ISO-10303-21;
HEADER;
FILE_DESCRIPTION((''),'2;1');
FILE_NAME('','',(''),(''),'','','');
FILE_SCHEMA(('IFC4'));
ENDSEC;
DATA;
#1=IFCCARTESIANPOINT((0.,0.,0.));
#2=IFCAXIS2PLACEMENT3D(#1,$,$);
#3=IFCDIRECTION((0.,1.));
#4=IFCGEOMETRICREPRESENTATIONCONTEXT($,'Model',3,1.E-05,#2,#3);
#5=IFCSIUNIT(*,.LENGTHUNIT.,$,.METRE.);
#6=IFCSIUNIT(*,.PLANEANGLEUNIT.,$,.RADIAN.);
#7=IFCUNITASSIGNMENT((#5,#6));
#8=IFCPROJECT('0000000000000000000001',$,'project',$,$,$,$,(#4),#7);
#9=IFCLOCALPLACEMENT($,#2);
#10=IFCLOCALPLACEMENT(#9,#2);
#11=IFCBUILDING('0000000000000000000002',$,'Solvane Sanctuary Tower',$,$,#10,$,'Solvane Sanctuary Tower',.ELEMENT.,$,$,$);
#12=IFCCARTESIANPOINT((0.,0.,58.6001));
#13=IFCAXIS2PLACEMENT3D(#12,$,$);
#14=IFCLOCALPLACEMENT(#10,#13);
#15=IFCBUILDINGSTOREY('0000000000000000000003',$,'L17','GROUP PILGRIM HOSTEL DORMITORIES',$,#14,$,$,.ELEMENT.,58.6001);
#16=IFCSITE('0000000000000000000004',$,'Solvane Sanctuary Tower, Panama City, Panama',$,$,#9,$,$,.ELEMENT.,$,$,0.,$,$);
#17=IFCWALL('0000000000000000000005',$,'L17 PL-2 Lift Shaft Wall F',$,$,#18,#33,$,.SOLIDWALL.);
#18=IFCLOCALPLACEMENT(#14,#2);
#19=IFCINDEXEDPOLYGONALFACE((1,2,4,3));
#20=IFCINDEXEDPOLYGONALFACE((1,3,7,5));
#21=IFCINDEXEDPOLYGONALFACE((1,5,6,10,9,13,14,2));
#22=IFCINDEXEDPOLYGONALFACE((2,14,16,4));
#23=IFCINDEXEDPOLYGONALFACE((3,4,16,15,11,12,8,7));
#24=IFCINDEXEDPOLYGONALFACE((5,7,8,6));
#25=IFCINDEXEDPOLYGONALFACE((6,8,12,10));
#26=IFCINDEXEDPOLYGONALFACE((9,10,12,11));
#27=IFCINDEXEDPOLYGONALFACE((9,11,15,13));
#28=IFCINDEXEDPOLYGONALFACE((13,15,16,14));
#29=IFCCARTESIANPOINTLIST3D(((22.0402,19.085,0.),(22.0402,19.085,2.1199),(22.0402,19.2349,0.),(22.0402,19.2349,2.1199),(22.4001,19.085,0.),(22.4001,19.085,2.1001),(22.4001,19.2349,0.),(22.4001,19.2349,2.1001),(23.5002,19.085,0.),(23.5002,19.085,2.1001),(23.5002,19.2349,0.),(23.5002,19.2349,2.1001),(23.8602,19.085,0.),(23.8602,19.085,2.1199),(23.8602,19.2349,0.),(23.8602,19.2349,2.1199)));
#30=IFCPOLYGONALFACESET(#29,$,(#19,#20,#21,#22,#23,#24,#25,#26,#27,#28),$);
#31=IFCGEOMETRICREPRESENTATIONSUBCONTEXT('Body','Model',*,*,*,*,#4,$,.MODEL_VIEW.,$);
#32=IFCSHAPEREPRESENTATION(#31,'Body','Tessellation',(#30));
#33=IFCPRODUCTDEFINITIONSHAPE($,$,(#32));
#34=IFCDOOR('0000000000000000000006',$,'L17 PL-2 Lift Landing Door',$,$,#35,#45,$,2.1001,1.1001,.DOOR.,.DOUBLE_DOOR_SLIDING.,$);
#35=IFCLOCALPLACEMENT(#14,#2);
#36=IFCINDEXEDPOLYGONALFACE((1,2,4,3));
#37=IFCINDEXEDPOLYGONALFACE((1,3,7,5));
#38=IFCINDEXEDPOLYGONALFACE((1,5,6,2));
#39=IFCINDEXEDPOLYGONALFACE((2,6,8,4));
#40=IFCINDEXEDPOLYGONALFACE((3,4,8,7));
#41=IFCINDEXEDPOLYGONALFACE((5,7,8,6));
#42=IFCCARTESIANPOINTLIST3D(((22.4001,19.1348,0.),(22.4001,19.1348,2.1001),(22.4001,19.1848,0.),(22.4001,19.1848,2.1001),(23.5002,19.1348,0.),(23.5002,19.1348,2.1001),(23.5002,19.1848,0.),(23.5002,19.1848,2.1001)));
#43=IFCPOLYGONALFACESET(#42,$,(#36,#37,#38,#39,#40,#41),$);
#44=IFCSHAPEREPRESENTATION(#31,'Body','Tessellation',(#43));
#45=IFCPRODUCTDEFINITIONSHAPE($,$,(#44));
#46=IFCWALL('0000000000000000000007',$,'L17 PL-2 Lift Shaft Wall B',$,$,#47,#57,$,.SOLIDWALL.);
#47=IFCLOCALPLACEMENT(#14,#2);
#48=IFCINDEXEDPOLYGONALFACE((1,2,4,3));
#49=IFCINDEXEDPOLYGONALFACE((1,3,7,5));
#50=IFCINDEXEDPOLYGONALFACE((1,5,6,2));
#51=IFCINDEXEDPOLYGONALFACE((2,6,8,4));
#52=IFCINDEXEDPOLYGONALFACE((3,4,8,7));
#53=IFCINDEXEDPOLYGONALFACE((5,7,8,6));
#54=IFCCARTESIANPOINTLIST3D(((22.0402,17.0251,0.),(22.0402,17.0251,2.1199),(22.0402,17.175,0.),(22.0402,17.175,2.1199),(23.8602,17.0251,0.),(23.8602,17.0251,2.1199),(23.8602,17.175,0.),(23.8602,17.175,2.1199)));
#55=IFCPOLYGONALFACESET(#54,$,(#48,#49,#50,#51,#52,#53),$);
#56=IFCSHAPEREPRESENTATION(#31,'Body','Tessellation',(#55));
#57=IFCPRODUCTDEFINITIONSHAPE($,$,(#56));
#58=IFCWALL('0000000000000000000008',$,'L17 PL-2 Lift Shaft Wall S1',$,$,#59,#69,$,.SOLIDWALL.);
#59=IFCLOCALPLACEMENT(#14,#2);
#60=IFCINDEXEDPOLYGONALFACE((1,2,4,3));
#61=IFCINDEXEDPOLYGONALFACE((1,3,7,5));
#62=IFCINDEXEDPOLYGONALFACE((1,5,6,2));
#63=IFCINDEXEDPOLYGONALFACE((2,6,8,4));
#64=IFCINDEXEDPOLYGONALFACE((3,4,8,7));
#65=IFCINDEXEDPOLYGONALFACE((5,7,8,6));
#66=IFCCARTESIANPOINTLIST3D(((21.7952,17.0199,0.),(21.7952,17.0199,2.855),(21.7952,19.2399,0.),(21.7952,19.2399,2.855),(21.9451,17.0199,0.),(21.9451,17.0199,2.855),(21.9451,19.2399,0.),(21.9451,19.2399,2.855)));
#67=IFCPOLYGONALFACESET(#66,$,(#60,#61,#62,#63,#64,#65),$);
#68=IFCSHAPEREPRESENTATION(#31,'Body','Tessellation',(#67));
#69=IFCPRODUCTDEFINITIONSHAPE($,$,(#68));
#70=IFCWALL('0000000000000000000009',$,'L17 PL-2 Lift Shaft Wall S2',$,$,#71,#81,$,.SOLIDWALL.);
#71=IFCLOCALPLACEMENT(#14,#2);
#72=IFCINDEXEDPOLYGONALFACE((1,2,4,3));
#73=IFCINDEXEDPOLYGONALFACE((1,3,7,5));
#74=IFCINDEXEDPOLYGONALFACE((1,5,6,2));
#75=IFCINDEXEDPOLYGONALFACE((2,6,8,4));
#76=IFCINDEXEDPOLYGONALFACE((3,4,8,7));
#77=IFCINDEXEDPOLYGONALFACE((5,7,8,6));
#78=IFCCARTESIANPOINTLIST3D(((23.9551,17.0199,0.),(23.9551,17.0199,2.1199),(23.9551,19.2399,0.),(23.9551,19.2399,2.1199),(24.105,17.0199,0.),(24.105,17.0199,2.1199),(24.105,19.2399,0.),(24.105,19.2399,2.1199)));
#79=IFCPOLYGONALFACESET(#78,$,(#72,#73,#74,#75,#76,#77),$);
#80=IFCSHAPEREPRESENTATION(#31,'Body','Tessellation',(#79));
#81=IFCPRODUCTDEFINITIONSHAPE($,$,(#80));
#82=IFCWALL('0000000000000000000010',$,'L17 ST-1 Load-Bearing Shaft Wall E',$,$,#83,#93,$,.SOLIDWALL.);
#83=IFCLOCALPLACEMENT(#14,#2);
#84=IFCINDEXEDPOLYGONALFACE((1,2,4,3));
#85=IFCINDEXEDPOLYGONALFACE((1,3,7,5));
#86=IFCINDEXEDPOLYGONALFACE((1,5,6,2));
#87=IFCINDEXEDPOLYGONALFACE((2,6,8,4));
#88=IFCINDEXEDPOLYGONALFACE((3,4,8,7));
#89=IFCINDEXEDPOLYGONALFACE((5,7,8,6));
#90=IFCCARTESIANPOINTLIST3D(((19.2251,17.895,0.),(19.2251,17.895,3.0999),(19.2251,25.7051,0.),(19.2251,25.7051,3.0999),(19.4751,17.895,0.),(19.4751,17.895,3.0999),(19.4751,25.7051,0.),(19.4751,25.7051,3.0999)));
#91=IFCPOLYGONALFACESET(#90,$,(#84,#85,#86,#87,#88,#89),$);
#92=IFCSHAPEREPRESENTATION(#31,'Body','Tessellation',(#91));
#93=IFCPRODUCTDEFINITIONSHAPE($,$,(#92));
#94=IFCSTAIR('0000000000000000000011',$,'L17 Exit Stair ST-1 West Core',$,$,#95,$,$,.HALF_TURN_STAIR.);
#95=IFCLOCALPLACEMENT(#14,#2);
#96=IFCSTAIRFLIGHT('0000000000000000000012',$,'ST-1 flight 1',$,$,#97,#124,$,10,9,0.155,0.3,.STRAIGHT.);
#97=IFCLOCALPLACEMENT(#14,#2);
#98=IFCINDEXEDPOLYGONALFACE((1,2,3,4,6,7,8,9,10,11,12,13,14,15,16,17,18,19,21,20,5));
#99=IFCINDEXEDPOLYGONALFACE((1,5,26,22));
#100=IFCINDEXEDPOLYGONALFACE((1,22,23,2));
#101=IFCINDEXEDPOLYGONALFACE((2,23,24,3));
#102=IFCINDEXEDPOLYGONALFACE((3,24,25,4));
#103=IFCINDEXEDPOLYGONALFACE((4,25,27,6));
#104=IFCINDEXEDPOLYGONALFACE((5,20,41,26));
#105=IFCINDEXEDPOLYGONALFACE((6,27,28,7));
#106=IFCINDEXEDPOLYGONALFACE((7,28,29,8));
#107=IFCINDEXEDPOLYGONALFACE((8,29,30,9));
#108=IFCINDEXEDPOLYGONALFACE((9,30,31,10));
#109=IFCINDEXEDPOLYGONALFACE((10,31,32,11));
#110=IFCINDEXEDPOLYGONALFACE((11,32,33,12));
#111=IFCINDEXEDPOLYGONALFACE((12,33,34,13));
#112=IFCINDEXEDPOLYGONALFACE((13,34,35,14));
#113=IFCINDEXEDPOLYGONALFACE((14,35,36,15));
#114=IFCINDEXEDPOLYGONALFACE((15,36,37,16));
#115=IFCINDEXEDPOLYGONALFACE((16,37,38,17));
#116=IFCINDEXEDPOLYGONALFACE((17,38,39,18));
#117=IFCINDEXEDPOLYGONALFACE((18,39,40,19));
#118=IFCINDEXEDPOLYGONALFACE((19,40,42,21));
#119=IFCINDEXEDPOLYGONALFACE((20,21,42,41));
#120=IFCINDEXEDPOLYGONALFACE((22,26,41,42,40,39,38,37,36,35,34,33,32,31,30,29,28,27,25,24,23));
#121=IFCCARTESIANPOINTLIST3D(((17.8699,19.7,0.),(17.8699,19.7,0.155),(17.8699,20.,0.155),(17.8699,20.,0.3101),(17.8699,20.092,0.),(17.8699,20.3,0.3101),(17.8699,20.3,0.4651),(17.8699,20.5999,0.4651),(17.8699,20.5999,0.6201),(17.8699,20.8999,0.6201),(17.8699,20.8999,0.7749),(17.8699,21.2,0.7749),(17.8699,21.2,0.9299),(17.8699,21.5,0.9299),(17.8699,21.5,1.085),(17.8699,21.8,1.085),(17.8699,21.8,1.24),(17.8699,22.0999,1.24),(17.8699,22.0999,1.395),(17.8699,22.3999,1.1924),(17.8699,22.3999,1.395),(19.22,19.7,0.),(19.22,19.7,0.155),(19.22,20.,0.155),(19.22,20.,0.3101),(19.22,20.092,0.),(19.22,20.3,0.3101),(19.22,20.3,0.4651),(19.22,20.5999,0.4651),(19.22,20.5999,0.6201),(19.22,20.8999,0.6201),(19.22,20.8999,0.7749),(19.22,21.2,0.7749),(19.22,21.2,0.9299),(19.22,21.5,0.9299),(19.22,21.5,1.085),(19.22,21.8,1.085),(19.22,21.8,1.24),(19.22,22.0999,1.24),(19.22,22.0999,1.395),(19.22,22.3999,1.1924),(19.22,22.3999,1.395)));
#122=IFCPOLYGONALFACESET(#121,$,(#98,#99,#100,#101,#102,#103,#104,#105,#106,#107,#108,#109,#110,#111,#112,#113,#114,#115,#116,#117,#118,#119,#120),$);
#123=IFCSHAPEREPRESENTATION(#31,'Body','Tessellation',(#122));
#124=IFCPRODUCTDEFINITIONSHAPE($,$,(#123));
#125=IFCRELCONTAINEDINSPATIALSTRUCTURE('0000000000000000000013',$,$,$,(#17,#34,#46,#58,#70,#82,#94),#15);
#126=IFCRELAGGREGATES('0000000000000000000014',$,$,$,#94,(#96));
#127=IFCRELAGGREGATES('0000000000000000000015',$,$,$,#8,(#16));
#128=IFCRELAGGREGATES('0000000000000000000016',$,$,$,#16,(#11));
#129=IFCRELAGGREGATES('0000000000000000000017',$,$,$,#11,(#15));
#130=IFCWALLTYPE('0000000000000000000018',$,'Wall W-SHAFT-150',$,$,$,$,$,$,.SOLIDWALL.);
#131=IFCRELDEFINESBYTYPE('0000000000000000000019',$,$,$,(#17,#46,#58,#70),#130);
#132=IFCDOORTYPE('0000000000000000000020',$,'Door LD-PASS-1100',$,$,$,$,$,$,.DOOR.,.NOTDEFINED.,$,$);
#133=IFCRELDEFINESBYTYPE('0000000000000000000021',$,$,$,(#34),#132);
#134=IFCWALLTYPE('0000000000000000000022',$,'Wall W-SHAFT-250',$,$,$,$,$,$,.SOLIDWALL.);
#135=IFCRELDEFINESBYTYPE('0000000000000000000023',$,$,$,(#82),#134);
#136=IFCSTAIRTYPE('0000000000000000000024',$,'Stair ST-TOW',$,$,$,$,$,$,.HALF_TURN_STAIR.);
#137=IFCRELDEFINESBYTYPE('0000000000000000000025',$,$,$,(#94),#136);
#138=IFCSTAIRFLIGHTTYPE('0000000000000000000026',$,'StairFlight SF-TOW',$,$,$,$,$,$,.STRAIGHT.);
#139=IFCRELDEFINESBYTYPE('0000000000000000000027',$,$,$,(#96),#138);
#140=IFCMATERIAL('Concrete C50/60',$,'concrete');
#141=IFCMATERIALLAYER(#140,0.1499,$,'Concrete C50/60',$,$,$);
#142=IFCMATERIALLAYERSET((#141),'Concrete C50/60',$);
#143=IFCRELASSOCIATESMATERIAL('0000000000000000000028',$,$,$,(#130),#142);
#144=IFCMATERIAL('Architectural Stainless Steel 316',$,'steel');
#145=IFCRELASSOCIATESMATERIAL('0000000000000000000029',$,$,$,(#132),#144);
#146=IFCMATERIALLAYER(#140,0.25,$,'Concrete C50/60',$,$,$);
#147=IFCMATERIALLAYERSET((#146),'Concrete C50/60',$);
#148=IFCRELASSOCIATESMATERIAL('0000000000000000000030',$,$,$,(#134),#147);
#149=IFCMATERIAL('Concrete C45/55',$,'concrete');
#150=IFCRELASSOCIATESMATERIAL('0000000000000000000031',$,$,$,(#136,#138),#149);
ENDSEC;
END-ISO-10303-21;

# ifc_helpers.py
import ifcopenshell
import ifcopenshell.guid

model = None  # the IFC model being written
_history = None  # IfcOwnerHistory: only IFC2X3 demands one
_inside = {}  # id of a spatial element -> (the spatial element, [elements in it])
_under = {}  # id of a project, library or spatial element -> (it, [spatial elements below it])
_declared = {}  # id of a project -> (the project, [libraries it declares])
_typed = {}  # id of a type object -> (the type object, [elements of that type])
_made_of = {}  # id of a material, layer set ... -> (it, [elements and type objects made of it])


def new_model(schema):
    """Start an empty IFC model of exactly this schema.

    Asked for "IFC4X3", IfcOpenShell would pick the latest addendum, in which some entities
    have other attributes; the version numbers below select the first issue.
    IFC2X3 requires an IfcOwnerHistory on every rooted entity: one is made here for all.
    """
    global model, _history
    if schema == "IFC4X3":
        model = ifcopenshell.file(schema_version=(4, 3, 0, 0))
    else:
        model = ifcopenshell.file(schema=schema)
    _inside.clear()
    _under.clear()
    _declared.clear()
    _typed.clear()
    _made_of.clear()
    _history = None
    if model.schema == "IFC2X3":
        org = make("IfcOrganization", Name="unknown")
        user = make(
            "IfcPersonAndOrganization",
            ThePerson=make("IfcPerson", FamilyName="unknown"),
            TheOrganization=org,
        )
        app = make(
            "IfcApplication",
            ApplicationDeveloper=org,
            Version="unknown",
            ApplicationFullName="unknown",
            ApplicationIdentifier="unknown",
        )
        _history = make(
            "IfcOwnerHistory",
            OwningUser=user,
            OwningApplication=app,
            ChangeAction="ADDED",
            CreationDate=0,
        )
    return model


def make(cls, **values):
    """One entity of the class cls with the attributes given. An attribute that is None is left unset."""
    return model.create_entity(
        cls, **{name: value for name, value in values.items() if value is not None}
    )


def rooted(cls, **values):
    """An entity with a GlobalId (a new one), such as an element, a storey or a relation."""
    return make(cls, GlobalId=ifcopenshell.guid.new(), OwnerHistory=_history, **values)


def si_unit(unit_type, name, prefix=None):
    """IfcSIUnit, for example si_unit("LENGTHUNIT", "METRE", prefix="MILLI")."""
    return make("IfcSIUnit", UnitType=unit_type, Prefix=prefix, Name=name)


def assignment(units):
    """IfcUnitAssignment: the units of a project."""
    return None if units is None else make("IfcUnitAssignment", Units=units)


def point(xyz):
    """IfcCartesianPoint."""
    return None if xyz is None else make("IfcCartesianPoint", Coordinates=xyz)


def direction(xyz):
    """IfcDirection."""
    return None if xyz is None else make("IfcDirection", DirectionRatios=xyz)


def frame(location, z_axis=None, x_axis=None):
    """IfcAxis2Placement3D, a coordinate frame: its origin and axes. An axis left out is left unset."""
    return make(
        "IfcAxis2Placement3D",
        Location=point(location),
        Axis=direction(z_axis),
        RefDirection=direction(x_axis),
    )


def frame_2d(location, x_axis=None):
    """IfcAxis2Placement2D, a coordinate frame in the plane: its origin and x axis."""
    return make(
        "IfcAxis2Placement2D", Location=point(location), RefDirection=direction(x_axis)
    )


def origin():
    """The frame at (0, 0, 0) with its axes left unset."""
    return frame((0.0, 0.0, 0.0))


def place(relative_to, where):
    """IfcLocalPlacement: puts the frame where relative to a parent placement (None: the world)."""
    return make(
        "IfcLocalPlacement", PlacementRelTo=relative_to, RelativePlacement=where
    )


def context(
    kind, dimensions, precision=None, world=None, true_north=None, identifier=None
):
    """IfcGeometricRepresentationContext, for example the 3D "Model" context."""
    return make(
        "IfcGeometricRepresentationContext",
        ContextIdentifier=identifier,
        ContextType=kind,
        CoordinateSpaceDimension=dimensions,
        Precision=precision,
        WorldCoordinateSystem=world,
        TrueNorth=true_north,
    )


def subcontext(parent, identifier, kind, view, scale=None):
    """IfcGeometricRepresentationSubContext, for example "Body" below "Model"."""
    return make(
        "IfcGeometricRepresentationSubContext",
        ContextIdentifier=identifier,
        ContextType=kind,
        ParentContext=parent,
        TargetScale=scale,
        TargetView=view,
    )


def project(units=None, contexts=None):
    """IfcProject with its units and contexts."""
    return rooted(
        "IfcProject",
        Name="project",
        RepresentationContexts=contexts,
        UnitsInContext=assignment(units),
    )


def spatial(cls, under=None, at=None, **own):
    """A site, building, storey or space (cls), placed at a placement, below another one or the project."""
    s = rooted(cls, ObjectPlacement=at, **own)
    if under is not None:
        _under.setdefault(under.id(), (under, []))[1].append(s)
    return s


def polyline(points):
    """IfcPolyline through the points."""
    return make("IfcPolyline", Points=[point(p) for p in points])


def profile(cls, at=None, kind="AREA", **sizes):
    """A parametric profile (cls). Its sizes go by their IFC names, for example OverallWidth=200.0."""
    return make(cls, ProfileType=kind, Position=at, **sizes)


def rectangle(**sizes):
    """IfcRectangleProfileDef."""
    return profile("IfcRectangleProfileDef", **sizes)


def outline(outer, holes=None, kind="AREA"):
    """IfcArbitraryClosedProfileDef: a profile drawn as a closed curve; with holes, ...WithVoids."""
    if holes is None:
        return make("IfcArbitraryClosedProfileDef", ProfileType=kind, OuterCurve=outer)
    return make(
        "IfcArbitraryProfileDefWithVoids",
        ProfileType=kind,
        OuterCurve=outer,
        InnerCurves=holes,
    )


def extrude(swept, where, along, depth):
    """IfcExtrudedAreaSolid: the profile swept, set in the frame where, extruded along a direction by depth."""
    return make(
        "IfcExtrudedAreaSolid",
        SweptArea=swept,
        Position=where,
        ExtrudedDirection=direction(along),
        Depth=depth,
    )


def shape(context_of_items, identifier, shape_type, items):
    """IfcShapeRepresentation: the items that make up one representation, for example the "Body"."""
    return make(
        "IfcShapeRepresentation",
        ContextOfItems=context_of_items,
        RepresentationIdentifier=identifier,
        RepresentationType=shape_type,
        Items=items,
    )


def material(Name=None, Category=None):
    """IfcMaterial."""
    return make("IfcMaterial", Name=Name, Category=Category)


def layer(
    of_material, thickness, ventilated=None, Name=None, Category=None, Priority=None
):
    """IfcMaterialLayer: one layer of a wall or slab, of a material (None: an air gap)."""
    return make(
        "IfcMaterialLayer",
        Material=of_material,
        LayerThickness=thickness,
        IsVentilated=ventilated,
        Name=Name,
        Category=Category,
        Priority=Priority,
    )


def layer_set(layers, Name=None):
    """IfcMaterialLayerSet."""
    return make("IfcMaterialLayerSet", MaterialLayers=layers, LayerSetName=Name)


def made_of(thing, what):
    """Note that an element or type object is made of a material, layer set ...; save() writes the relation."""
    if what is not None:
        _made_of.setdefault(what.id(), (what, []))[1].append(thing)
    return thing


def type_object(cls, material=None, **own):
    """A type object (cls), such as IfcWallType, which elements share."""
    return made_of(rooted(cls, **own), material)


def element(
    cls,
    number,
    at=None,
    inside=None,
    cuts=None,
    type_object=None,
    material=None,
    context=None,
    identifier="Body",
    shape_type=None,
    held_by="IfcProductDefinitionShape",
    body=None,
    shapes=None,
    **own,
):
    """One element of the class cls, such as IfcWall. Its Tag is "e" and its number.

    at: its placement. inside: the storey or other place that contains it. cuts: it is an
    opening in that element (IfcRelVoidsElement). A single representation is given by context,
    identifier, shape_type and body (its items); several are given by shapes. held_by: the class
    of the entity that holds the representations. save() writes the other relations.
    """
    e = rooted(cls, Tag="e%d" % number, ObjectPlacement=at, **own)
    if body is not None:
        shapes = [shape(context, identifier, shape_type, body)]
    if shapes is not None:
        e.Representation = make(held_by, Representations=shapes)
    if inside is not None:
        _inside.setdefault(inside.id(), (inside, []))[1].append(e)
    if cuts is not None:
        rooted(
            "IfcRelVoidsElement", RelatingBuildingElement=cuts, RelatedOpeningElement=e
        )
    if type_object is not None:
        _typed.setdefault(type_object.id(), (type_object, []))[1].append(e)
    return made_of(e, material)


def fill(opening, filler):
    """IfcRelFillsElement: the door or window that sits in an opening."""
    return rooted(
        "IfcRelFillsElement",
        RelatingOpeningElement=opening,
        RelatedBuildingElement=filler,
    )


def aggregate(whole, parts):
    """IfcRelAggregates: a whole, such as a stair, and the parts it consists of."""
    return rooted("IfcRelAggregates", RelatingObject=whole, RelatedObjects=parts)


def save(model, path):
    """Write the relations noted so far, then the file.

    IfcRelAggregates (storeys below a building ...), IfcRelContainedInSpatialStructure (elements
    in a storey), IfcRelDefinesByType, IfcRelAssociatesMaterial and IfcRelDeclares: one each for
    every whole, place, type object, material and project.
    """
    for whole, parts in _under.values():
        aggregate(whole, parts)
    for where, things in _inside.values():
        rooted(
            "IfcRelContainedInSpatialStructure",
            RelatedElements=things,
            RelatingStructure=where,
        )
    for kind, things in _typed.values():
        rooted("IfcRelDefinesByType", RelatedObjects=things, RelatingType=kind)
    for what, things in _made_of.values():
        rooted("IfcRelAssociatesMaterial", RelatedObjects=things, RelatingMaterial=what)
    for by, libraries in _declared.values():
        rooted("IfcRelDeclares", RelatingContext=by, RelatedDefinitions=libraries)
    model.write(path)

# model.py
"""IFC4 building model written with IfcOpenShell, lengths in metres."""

from ifc_helpers import new_model, si_unit, direction, frame, frame_2d, origin, place, context, subcontext, project, spatial, polyline, rectangle, outline, extrude, material, layer, layer_set, type_object, element, fill, aggregate, save


model = new_model("IFC4")

# Units and contexts
model_context = context("Model", 3, precision=1e-05, world=origin(), true_north=direction((0.0, 1.0)))
body_context = subcontext(model_context, "Body", "Model", "MODEL_VIEW")
ifc_project = project(units=[si_unit("LENGTHUNIT", "METRE"), si_unit("PLANEANGLEUNIT", "RADIAN")], contexts=[model_context])

# Site, building, storey
site_placement = place(None, origin())
site = spatial("IfcSite", under=ifc_project, at=site_placement, Name="Solvane Sanctuary Tower, Panama City, Panama", CompositionType="ELEMENT", RefElevation=0.0)
building_placement = place(site_placement, origin())
building = spatial("IfcBuilding", under=site, at=building_placement, Name="Solvane Sanctuary Tower", LongName="Solvane Sanctuary Tower", CompositionType="ELEMENT")
storey_placement = place(building_placement, frame((0.0, 0.0, 58.6001)))
storey = spatial("IfcBuildingStorey", under=building, at=storey_placement, Name="L17", Description="GROUP PILGRIM HOSTEL DORMITORIES", CompositionType="ELEMENT", Elevation=58.6001)

# Shared definitions
ifc_material_1 = material(Name="Concrete C50/60", Category="concrete")
ifc_layer_1 = layer(ifc_material_1, 0.1499, Name="Concrete C50/60")
ifc_layer_set_1 = layer_set([ifc_layer_1], Name="Concrete C50/60")
wall_type_1 = type_object("IfcWallType", Name="Wall W-SHAFT-150", PredefinedType="SOLIDWALL", material=ifc_layer_set_1)
ifc_material_2 = material(Name="Architectural Stainless Steel 316", Category="steel")
door_type = type_object("IfcDoorType", Name="Door LD-PASS-1100", OperationType="NOTDEFINED", PredefinedType="DOOR", material=ifc_material_2)

# Wall, opening, door
wall_1_placement = place(storey_placement, frame((22.04, 19.1599, 0.0), z_axis=(0.0, 0.0, 1.0), x_axis=(1.0, 0.0, 0.0)))
wall_1 = element("IfcWall", 1, at=wall_1_placement, inside=storey, type_object=wall_type_1, Name="L17 PL-2 Lift Shaft Wall F", PredefinedType="SOLIDWALL", context=body_context, shape_type="SweptSolid", body=[
    extrude(rectangle(XDim=1.8201, YDim=0.1499, at=frame_2d((0.9102, 0.0))), origin(), (0.0, 0.0, 1.0), 2.1199),
])
opening_1_placement = place(wall_1_placement, frame((0.3601, 0.0, 0.0)))
opening_1 = element("IfcOpeningElement", 2, at=opening_1_placement, cuts=wall_1, PredefinedType="OPENING", context=body_context, shape_type="SweptSolid", body=[
    extrude(rectangle(XDim=1.1001, YDim=2.1001, at=frame_2d((0.55, 1.05))), frame((0.0, 0.085, 0.0), z_axis=(0.0, -1.0, 0.0), x_axis=(1.0, 0.0, 0.0)), (0.0, 0.0, 1.0), 0.1699),
])
door_1_placement = place(opening_1_placement, origin())
door_1 = element("IfcDoor", 3, at=door_1_placement, inside=storey, type_object=door_type, Name="L17 PL-2 Lift Landing Door", OperationType="DOUBLE_DOOR_SLIDING", OverallHeight=2.1001, OverallWidth=1.1001, PredefinedType="DOOR", context=body_context, shape_type="SweptSolid", body=[
    extrude(rectangle(XDim=1.1001, YDim=2.1001, at=frame_2d((0.55, 1.05))), frame((0.0, 0.0249, 0.0), z_axis=(0.0, -1.0, 0.0), x_axis=(1.0, 0.0, 0.0)), (0.0, 0.0, 1.0), 0.05),
])
fill(opening_1, door_1)

# Walls
wall_2_placement = place(storey_placement, frame((22.04, 17.1001, 0.0), z_axis=(0.0, 0.0, 1.0), x_axis=(1.0, 0.0, 0.0)))
element("IfcWall", 4, at=wall_2_placement, inside=storey, type_object=wall_type_1, Name="L17 PL-2 Lift Shaft Wall B", PredefinedType="SOLIDWALL", context=body_context, shape_type="SweptSolid", body=[
    extrude(rectangle(XDim=1.8201, YDim=0.1499, at=frame_2d((0.9102, 0.0))), origin(), (0.0, 0.0, 1.0), 2.1199),
])
wall_3_placement = place(storey_placement, frame((21.8701, 17.02, 0.0), z_axis=(0.0, 0.0, 1.0), x_axis=(0.0, 1.0, 0.0)))
element("IfcWall", 5, at=wall_3_placement, inside=storey, type_object=wall_type_1, Name="L17 PL-2 Lift Shaft Wall S1", PredefinedType="SOLIDWALL", context=body_context, shape_type="SweptSolid", body=[
    extrude(rectangle(XDim=2.22, YDim=0.1499, at=frame_2d((1.1099, 0.0))), origin(), (0.0, 0.0, 1.0), 2.855),
])
wall_4_placement = place(storey_placement, frame((24.03, 17.02, 0.0), z_axis=(0.0, 0.0, 1.0), x_axis=(0.0, 1.0, 0.0)))
element("IfcWall", 6, at=wall_4_placement, inside=storey, type_object=wall_type_1, Name="L17 PL-2 Lift Shaft Wall S2", PredefinedType="SOLIDWALL", context=body_context, shape_type="SweptSolid", body=[
    extrude(rectangle(XDim=2.22, YDim=0.1499, at=frame_2d((1.1099, 0.0))), origin(), (0.0, 0.0, 1.0), 2.1199),
])
ifc_layer_2 = layer(ifc_material_1, 0.25, Name="Concrete C50/60")
ifc_layer_set_2 = layer_set([ifc_layer_2], Name="Concrete C50/60")
wall_type_2 = type_object("IfcWallType", Name="Wall W-SHAFT-250", PredefinedType="SOLIDWALL", material=ifc_layer_set_2)
wall_5_placement = place(storey_placement, frame((19.3501, 17.895, 0.0), z_axis=(0.0, 0.0, 1.0), x_axis=(0.0, 1.0, 0.0)))
element("IfcWall", 7, at=wall_5_placement, inside=storey, type_object=wall_type_2, Name="L17 ST-1 Load-Bearing Shaft Wall E", PredefinedType="SOLIDWALL", context=body_context, shape_type="SweptSolid", body=[
    extrude(rectangle(XDim=7.8101, YDim=0.25, at=frame_2d((3.905, 0.0))), origin(), (0.0, 0.0, 1.0), 3.0999),
])

# Stair, stair flight
ifc_material_3 = material(Name="Concrete C45/55", Category="concrete")
stair_type = type_object("IfcStairType", Name="Stair ST-TOW", PredefinedType="HALF_TURN_STAIR", material=ifc_material_3)
stair_placement = place(storey_placement, origin())
stair = element("IfcStair", 8, at=stair_placement, inside=storey, type_object=stair_type, Name="L17 Exit Stair ST-1 West Core", PredefinedType="HALF_TURN_STAIR")
stair_flight_type = type_object("IfcStairFlightType", Name="StairFlight SF-TOW", PredefinedType="STRAIGHT", material=ifc_material_3)
stair_flight_placement = place(storey_placement, frame((18.5449, 19.7, 0.0), z_axis=(0.0, 0.0, 1.0), x_axis=(0.0, 1.0, 0.0)))
stair_flight = element("IfcStairFlight", 9, at=stair_flight_placement, type_object=stair_flight_type, Name="ST-1 flight 1", NumberOfRisers=10, NumberOfTreads=9, PredefinedType="STRAIGHT", RiserHeight=0.155, TreadLength=0.3, context=body_context, shape_type="SweptSolid", body=[
    extrude(outline(polyline([(0.0, 0.0), (0.0, 0.155), (0.3, 0.155), (0.3, 0.3101), (0.6001, 0.3101), (0.6001, 0.4651), (0.8999, 0.4651), (0.8999, 0.6201), (1.2, 0.6201), (1.2, 0.7749), (1.5, 0.7749), (1.5, 0.9299), (1.8, 0.9299), (1.8, 1.085), (2.1001, 1.085), (2.1001, 1.24), (2.3999, 1.24), (2.3999, 1.395), (2.7, 1.395), (2.7, 1.55), (2.7, 1.1924), (0.3921, 0.0), (0.0, 0.0)])), frame((0.0, 0.675, 0.0), z_axis=(0.0, -1.0, 0.0), x_axis=(1.0, 0.0, 0.0)), (0.0, 0.0, 1.0), 1.3501),
])
aggregate(stair, [stair_flight])

save(model, "model.ifc")
